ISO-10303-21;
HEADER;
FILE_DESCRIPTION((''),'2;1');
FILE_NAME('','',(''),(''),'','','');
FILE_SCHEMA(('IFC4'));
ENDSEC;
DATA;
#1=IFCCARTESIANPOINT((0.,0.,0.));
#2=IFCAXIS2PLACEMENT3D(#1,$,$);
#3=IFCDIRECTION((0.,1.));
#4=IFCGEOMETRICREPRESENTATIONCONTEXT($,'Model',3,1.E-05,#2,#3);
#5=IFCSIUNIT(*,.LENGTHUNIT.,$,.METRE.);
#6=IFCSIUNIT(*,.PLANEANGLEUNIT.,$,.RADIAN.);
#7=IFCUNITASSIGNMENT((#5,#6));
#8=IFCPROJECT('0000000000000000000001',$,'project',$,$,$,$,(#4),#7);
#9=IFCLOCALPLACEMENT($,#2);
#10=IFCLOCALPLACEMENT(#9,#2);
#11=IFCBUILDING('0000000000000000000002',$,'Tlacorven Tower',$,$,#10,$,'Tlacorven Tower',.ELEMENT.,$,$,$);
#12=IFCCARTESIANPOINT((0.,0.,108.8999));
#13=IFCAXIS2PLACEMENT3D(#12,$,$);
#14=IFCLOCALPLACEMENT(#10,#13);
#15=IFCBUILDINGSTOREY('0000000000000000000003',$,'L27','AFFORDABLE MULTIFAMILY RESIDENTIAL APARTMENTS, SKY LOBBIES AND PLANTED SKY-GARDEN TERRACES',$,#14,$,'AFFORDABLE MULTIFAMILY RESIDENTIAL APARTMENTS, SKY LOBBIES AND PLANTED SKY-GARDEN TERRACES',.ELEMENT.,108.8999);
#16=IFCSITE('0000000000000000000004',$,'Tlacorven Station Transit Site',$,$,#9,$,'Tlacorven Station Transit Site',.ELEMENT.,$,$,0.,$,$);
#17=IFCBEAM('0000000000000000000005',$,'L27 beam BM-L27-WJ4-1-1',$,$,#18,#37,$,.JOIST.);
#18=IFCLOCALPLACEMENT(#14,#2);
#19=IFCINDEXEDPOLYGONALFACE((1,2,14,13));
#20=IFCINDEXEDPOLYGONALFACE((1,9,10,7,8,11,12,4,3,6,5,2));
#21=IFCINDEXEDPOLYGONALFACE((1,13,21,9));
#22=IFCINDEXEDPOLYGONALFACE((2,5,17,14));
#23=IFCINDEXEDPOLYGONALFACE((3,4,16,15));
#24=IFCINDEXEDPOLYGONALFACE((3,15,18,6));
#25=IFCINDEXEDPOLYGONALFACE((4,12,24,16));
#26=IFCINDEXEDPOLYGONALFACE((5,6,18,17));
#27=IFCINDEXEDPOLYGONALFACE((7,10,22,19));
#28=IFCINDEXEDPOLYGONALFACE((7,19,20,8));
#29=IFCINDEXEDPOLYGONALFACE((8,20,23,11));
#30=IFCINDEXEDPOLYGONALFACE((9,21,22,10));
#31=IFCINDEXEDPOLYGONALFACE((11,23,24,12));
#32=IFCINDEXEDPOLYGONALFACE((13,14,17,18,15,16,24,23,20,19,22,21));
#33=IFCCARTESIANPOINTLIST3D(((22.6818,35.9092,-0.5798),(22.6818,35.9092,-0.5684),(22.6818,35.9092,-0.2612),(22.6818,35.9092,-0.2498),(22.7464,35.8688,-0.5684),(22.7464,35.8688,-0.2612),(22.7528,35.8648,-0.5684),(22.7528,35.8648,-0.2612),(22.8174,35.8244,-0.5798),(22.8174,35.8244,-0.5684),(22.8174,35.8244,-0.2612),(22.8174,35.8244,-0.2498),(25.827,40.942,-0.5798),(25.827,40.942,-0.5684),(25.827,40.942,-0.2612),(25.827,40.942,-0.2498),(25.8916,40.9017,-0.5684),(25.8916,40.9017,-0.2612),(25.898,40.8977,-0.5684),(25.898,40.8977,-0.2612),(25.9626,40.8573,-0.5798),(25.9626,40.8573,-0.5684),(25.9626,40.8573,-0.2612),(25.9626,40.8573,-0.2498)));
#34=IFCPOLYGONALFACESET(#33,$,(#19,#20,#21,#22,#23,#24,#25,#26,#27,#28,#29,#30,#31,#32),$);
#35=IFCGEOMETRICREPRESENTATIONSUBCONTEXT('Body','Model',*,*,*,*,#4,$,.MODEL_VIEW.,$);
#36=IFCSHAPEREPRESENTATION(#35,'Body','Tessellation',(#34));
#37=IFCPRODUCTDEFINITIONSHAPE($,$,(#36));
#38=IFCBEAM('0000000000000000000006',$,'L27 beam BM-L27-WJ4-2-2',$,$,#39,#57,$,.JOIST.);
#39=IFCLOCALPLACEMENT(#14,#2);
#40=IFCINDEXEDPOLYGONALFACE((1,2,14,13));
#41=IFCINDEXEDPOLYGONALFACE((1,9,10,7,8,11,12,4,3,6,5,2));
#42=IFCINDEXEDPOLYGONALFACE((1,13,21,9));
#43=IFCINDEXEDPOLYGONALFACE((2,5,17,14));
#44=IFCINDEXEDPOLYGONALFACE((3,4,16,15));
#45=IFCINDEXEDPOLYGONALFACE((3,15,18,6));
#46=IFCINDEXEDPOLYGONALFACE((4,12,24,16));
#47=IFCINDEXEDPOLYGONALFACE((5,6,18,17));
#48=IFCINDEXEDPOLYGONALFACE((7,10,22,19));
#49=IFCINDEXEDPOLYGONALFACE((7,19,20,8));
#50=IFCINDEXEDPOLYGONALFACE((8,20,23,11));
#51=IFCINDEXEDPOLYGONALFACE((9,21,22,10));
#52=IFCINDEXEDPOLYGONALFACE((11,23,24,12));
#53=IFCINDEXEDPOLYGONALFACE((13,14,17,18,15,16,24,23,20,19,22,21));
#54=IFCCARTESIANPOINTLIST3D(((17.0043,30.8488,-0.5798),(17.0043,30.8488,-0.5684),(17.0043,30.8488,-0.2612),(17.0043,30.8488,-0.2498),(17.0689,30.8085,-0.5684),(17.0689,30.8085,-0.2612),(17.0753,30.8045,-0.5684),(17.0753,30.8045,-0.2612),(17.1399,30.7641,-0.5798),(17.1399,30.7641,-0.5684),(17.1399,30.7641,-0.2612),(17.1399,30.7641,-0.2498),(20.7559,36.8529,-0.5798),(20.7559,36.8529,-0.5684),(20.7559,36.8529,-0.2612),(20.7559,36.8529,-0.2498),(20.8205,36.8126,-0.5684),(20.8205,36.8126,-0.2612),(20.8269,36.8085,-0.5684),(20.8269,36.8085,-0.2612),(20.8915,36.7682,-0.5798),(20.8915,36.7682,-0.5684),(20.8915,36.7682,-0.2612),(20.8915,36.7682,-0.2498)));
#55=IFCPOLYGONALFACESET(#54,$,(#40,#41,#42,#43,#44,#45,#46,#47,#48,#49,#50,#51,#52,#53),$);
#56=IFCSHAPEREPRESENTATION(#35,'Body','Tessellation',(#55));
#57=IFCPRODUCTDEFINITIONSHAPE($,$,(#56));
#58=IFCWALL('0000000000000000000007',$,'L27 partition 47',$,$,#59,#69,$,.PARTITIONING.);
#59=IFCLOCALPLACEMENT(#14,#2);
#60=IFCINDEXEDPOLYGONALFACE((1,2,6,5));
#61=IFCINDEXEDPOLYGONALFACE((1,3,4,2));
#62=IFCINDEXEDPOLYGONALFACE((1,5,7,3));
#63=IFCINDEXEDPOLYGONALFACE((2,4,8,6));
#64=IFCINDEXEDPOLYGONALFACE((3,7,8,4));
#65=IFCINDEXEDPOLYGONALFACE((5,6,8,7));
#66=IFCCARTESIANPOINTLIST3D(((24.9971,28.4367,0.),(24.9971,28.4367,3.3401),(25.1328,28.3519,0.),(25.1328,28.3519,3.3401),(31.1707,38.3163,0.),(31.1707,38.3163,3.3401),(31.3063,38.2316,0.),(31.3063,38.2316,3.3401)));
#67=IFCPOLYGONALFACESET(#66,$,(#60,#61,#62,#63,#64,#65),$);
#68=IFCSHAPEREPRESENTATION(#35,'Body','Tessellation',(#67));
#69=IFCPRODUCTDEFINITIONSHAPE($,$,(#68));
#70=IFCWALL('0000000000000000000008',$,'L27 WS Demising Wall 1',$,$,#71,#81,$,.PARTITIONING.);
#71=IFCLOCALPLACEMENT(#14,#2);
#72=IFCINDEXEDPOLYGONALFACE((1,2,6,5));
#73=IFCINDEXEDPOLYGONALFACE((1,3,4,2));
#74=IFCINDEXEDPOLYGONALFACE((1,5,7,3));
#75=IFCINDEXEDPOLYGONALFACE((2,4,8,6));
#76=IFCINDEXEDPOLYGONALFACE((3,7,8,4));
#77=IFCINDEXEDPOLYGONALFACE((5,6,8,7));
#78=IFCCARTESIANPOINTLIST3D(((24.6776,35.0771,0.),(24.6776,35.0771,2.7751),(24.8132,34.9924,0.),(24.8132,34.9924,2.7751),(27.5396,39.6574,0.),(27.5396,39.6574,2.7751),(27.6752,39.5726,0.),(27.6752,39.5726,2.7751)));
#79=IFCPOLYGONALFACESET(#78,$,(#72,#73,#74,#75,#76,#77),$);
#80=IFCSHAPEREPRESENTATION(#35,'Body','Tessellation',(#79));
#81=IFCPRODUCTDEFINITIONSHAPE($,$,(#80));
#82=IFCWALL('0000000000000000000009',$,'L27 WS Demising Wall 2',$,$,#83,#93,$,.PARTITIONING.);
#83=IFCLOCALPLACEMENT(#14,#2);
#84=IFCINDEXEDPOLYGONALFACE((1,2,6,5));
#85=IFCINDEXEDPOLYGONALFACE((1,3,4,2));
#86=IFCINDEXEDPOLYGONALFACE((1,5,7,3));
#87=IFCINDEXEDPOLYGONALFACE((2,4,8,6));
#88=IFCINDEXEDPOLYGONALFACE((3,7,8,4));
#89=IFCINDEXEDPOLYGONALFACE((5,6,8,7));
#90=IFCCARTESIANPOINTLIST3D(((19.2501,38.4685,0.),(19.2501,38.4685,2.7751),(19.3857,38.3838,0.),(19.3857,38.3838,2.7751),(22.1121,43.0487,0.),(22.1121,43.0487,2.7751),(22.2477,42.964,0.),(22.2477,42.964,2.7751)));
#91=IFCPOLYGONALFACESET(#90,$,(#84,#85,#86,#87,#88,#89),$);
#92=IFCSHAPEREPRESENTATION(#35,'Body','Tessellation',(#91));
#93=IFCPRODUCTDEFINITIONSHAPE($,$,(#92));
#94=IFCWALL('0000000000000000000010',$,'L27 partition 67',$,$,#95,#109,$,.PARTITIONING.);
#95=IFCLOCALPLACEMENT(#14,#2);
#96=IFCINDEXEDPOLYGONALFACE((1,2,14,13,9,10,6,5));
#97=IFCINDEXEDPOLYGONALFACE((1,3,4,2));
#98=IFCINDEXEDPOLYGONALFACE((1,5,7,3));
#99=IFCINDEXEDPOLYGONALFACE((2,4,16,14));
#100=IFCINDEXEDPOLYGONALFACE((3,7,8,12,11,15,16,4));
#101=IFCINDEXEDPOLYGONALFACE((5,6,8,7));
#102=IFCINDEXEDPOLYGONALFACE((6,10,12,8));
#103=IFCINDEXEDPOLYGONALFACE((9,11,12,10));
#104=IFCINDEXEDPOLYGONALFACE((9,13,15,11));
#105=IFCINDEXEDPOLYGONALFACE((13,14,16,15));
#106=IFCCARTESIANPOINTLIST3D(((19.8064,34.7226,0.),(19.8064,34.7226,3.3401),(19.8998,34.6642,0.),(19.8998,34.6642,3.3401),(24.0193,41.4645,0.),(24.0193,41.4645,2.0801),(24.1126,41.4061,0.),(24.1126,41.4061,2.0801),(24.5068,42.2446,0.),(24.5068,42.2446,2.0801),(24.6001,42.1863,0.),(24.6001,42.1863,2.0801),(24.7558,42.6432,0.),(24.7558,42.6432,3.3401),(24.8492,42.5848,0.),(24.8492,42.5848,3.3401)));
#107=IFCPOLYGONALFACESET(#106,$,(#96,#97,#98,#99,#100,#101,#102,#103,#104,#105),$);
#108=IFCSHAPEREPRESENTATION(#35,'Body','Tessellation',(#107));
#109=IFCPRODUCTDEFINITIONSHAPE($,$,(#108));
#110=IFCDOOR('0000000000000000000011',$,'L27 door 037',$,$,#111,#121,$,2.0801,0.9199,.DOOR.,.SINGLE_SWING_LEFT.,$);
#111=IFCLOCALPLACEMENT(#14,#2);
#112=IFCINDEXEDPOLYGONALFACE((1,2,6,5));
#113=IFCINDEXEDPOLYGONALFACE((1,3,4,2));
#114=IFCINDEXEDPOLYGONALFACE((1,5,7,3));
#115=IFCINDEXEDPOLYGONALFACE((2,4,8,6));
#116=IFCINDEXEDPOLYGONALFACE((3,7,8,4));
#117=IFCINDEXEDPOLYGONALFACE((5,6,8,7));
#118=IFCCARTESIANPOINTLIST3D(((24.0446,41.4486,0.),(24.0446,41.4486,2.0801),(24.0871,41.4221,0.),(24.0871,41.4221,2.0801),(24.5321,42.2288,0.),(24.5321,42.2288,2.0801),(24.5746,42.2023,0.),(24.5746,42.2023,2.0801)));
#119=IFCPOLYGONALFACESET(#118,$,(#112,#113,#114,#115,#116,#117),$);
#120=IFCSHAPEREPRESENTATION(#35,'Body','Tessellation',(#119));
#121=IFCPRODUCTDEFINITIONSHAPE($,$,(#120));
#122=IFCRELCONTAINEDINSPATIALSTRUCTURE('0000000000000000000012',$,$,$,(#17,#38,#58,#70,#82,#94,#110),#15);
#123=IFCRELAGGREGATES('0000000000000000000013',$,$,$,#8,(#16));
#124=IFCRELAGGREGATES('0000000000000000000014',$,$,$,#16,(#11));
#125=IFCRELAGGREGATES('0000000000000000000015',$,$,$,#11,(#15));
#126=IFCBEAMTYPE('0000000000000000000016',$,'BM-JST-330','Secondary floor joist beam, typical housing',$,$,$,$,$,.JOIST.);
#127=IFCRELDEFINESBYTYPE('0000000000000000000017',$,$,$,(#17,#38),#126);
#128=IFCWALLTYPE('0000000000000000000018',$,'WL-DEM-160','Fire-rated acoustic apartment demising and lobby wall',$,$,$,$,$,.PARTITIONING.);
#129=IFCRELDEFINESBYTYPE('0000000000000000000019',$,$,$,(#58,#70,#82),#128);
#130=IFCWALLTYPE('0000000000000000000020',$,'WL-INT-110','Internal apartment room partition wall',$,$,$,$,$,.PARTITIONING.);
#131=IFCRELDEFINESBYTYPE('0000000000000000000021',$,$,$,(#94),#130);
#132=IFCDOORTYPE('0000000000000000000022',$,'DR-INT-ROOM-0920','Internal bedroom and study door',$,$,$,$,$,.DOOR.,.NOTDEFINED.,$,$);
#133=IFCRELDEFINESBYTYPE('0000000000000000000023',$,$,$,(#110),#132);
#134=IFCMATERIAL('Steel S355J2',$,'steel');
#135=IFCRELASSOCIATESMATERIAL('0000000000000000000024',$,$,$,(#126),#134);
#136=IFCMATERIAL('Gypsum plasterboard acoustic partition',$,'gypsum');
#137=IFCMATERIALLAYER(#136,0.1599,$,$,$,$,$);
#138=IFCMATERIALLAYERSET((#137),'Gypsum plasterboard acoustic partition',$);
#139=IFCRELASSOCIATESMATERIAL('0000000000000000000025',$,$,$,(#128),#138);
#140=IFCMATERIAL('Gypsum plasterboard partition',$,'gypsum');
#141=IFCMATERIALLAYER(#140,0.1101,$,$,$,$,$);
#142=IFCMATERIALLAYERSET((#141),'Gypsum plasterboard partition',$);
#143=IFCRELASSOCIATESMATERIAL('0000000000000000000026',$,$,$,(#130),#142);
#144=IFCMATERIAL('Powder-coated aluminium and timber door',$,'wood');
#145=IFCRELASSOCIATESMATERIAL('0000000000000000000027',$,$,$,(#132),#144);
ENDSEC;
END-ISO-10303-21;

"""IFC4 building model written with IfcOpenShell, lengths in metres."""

from ifc_helpers import new_model, si_unit, direction, frame, frame_2d, origin, origin_2d, place, context, subcontext, project, spatial, rectangle, i_section, extrude, source, transform, mapped, material, layer, layer_set, material_profile, profile_set, type_object, element, fill, save


model = new_model("IFC4")

# Units and contexts
model_context = context("Model", 3, precision=1e-05, world=origin(), true_north=direction((0.0, 1.0)))
body_context = subcontext(model_context, "Body", "Model", "MODEL_VIEW")
ifc_project = project(units=[si_unit("LENGTHUNIT", "METRE"), si_unit("PLANEANGLEUNIT", "RADIAN")], contexts=[model_context])

# Site, building, storey
site_placement = place(None, origin())
site = spatial("IfcSite", under=ifc_project, at=site_placement, Name="Tlacorven Station Transit Site", LongName="Tlacorven Station Transit Site", CompositionType="ELEMENT", RefElevation=0.0)
building_placement = place(site_placement, origin())
building = spatial("IfcBuilding", under=site, at=building_placement, Name="Tlacorven Tower", LongName="Tlacorven Tower", CompositionType="ELEMENT")
storey_placement = place(building_placement, frame((0.0, 0.0, 108.8999)))
storey = spatial("IfcBuildingStorey", under=building, at=storey_placement, Name="L27", Description="AFFORDABLE MULTIFAMILY RESIDENTIAL APARTMENTS, SKY LOBBIES AND PLANTED SKY-GARDEN TERRACES", LongName="AFFORDABLE MULTIFAMILY RESIDENTIAL APARTMENTS, SKY LOBBIES AND PLANTED SKY-GARDEN TERRACES", CompositionType="ELEMENT", Elevation=108.8999)

# Beams
ifc_material_1 = material(Name="Steel S355J2", Category="steel")
ifc_material_profile_1 = material_profile(ifc_material_1, i_section(OverallWidth=0.1599, OverallDepth=0.3301, WebThickness=0.0076, FlangeThickness=0.0115, at=origin_2d()), Name="IPE 330")
ifc_profile_set_1 = profile_set([ifc_material_profile_1], Name="Steel S355J2")
beam_type_1 = type_object("IfcBeamType", Name="BM-JST-330", Description="Secondary floor joist beam, typical housing", PredefinedType="JOIST", material=ifc_profile_set_1)
shared_shape_1 = source(origin(), body_context, "Body", "SweptSolid", [
    extrude(i_section(OverallWidth=0.1599, OverallDepth=0.3301, WebThickness=0.0076, FlangeThickness=0.0115, at=origin_2d()), origin(), (0.0, 0.0, 1.0), 5.9348),
])
beam_1_placement = place(storey_placement, frame((25.8948, 40.8997, -0.4148), z_axis=(-0.529958, -0.848024, 0.0), x_axis=(0.848024, -0.529958, 0.0)))
element("IfcBeam", 1, at=beam_1_placement, inside=storey, type_object=beam_type_1, Name="L27 beam BM-L27-WJ4-1-1", PredefinedType="JOIST", context=body_context, shape_type="MappedRepresentation", body=[
    mapped(shared_shape_1, transform((0.0, 0.0, 0.0), scale=1.0)),
])
shared_shape_2 = source(origin(), body_context, "Body", "SweptSolid", [
    extrude(i_section(OverallWidth=0.1599, OverallDepth=0.3301, WebThickness=0.0076, FlangeThickness=0.0115, at=origin_2d()), origin(), (0.0, 0.0, 1.0), 7.0798),
])
beam_2_placement = place(storey_placement, frame((20.8237, 36.8105, -0.4148), z_axis=(-0.529909, -0.848054, 0.0), x_axis=(0.848054, -0.529909, 0.0)))
element("IfcBeam", 2, at=beam_2_placement, inside=storey, type_object=beam_type_1, Name="L27 beam BM-L27-WJ4-2-2", PredefinedType="JOIST", context=body_context, shape_type="MappedRepresentation", body=[
    mapped(shared_shape_2, transform((0.0, 0.0, 0.0), scale=1.0)),
])

# Walls
ifc_material_2 = material(Name="Gypsum plasterboard acoustic partition", Category="gypsum")
ifc_layer_1 = layer(ifc_material_2, 0.1599)
ifc_layer_set_1 = layer_set([ifc_layer_1], Name="Gypsum plasterboard acoustic partition")
wall_type_1 = type_object("IfcWallType", Name="WL-DEM-160", Description="Fire-rated acoustic apartment demising and lobby wall", PredefinedType="PARTITIONING", material=ifc_layer_set_1)
wall_1_placement = place(storey_placement, frame((31.2385, 38.2739, 0.0), z_axis=(0.0, 0.0, 1.0), x_axis=(-0.529925, -0.848044, 0.0)))
element("IfcWall", 3, at=wall_1_placement, inside=storey, type_object=wall_type_1, Name="L27 partition 47", PredefinedType="PARTITIONING", context=body_context, shape_type="SweptSolid", body=[
    extrude(rectangle(XDim=11.6499, YDim=0.1599, at=frame_2d((5.825, 0.0))), origin(), (0.0, 0.0, 1.0), 3.3401),
])
for number, where, z_axis, x_axis, name in (
    (4, (27.6074, 39.615, 0.0), (0.0, 0.0, 1.0), (-0.529914, -0.848052, 0.0), "L27 WS Demising Wall 1"),
    (5, (22.1799, 43.0063, 0.0), (0.0, 0.0, 1.0), (-0.529914, -0.848052, 0.0), "L27 WS Demising Wall 2"),
):
    element("IfcWall", number, at=place(storey_placement, frame(where, z_axis=z_axis, x_axis=x_axis)), inside=storey, type_object=wall_type_1, Name=name, PredefinedType="PARTITIONING", context=body_context, shape_type="SweptSolid", body=[
        extrude(rectangle(XDim=5.4009, YDim=0.1599, at=frame_2d((2.7004, 0.0))), origin(), (0.0, 0.0, 1.0), 2.7751),
    ])

# Wall, opening, door
ifc_material_3 = material(Name="Gypsum plasterboard partition", Category="gypsum")
ifc_layer_2 = layer(ifc_material_3, 0.1101)
ifc_layer_set_2 = layer_set([ifc_layer_2], Name="Gypsum plasterboard partition")
wall_type_2 = type_object("IfcWallType", Name="WL-INT-110", Description="Internal apartment room partition wall", PredefinedType="PARTITIONING", material=ifc_layer_set_2)
wall_2_placement = place(storey_placement, frame((24.8025, 42.614, 0.0), z_axis=(0.0, 0.0, 1.0), x_axis=(-0.529926, -0.848044, 0.0)))
wall_2 = element("IfcWall", 6, at=wall_2_placement, inside=storey, type_object=wall_type_2, Name="L27 partition 67", PredefinedType="PARTITIONING", context=body_context, shape_type="SweptSolid", body=[
    extrude(rectangle(XDim=9.3398, YDim=0.1101, at=frame_2d((4.6699, 0.0))), origin(), (0.0, 0.0, 1.0), 3.3401),
])
opening_placement = place(wall_2_placement, frame((0.47, 0.0, 0.0)))
opening = element("IfcOpeningElement", 7, at=opening_placement, cuts=wall_2, PredefinedType="OPENING", context=body_context, shape_type="SweptSolid", body=[
    extrude(rectangle(XDim=0.9199, YDim=2.0801, at=frame_2d((0.46, 1.04))), frame((0.0, 0.0649, 0.0), z_axis=(0.0, -1.0, 0.0), x_axis=(1.0, 0.0, 0.0)), (0.0, 0.0, 1.0), 0.1301),
])
ifc_material_4 = material(Name="Powder-coated aluminium and timber door", Category="wood")
door_type = type_object("IfcDoorType", Name="DR-INT-ROOM-0920", Description="Internal bedroom and study door", OperationType="NOTDEFINED", PredefinedType="DOOR", material=ifc_material_4)
shared_shape_3 = source(origin(), body_context, "Body", "SweptSolid", [
    extrude(rectangle(XDim=0.9199, YDim=2.0801, at=frame_2d((0.46, 1.04))), frame((0.0, 0.0249, 0.0), z_axis=(0.0, -1.0, 0.0), x_axis=(1.0, 0.0, 0.0)), (0.0, 0.0, 1.0), 0.05),
])
door_placement = place(opening_placement, origin())
door = element("IfcDoor", 8, at=door_placement, inside=storey, type_object=door_type, Name="L27 door 037", OperationType="SINGLE_SWING_LEFT", OverallHeight=2.0801, OverallWidth=0.9199, PredefinedType="DOOR", context=body_context, shape_type="MappedRepresentation", body=[
    mapped(shared_shape_3, transform((0.0, 0.0, 0.0), scale=1.0)),
])
fill(opening, door)

save(model, "model.ifc")
